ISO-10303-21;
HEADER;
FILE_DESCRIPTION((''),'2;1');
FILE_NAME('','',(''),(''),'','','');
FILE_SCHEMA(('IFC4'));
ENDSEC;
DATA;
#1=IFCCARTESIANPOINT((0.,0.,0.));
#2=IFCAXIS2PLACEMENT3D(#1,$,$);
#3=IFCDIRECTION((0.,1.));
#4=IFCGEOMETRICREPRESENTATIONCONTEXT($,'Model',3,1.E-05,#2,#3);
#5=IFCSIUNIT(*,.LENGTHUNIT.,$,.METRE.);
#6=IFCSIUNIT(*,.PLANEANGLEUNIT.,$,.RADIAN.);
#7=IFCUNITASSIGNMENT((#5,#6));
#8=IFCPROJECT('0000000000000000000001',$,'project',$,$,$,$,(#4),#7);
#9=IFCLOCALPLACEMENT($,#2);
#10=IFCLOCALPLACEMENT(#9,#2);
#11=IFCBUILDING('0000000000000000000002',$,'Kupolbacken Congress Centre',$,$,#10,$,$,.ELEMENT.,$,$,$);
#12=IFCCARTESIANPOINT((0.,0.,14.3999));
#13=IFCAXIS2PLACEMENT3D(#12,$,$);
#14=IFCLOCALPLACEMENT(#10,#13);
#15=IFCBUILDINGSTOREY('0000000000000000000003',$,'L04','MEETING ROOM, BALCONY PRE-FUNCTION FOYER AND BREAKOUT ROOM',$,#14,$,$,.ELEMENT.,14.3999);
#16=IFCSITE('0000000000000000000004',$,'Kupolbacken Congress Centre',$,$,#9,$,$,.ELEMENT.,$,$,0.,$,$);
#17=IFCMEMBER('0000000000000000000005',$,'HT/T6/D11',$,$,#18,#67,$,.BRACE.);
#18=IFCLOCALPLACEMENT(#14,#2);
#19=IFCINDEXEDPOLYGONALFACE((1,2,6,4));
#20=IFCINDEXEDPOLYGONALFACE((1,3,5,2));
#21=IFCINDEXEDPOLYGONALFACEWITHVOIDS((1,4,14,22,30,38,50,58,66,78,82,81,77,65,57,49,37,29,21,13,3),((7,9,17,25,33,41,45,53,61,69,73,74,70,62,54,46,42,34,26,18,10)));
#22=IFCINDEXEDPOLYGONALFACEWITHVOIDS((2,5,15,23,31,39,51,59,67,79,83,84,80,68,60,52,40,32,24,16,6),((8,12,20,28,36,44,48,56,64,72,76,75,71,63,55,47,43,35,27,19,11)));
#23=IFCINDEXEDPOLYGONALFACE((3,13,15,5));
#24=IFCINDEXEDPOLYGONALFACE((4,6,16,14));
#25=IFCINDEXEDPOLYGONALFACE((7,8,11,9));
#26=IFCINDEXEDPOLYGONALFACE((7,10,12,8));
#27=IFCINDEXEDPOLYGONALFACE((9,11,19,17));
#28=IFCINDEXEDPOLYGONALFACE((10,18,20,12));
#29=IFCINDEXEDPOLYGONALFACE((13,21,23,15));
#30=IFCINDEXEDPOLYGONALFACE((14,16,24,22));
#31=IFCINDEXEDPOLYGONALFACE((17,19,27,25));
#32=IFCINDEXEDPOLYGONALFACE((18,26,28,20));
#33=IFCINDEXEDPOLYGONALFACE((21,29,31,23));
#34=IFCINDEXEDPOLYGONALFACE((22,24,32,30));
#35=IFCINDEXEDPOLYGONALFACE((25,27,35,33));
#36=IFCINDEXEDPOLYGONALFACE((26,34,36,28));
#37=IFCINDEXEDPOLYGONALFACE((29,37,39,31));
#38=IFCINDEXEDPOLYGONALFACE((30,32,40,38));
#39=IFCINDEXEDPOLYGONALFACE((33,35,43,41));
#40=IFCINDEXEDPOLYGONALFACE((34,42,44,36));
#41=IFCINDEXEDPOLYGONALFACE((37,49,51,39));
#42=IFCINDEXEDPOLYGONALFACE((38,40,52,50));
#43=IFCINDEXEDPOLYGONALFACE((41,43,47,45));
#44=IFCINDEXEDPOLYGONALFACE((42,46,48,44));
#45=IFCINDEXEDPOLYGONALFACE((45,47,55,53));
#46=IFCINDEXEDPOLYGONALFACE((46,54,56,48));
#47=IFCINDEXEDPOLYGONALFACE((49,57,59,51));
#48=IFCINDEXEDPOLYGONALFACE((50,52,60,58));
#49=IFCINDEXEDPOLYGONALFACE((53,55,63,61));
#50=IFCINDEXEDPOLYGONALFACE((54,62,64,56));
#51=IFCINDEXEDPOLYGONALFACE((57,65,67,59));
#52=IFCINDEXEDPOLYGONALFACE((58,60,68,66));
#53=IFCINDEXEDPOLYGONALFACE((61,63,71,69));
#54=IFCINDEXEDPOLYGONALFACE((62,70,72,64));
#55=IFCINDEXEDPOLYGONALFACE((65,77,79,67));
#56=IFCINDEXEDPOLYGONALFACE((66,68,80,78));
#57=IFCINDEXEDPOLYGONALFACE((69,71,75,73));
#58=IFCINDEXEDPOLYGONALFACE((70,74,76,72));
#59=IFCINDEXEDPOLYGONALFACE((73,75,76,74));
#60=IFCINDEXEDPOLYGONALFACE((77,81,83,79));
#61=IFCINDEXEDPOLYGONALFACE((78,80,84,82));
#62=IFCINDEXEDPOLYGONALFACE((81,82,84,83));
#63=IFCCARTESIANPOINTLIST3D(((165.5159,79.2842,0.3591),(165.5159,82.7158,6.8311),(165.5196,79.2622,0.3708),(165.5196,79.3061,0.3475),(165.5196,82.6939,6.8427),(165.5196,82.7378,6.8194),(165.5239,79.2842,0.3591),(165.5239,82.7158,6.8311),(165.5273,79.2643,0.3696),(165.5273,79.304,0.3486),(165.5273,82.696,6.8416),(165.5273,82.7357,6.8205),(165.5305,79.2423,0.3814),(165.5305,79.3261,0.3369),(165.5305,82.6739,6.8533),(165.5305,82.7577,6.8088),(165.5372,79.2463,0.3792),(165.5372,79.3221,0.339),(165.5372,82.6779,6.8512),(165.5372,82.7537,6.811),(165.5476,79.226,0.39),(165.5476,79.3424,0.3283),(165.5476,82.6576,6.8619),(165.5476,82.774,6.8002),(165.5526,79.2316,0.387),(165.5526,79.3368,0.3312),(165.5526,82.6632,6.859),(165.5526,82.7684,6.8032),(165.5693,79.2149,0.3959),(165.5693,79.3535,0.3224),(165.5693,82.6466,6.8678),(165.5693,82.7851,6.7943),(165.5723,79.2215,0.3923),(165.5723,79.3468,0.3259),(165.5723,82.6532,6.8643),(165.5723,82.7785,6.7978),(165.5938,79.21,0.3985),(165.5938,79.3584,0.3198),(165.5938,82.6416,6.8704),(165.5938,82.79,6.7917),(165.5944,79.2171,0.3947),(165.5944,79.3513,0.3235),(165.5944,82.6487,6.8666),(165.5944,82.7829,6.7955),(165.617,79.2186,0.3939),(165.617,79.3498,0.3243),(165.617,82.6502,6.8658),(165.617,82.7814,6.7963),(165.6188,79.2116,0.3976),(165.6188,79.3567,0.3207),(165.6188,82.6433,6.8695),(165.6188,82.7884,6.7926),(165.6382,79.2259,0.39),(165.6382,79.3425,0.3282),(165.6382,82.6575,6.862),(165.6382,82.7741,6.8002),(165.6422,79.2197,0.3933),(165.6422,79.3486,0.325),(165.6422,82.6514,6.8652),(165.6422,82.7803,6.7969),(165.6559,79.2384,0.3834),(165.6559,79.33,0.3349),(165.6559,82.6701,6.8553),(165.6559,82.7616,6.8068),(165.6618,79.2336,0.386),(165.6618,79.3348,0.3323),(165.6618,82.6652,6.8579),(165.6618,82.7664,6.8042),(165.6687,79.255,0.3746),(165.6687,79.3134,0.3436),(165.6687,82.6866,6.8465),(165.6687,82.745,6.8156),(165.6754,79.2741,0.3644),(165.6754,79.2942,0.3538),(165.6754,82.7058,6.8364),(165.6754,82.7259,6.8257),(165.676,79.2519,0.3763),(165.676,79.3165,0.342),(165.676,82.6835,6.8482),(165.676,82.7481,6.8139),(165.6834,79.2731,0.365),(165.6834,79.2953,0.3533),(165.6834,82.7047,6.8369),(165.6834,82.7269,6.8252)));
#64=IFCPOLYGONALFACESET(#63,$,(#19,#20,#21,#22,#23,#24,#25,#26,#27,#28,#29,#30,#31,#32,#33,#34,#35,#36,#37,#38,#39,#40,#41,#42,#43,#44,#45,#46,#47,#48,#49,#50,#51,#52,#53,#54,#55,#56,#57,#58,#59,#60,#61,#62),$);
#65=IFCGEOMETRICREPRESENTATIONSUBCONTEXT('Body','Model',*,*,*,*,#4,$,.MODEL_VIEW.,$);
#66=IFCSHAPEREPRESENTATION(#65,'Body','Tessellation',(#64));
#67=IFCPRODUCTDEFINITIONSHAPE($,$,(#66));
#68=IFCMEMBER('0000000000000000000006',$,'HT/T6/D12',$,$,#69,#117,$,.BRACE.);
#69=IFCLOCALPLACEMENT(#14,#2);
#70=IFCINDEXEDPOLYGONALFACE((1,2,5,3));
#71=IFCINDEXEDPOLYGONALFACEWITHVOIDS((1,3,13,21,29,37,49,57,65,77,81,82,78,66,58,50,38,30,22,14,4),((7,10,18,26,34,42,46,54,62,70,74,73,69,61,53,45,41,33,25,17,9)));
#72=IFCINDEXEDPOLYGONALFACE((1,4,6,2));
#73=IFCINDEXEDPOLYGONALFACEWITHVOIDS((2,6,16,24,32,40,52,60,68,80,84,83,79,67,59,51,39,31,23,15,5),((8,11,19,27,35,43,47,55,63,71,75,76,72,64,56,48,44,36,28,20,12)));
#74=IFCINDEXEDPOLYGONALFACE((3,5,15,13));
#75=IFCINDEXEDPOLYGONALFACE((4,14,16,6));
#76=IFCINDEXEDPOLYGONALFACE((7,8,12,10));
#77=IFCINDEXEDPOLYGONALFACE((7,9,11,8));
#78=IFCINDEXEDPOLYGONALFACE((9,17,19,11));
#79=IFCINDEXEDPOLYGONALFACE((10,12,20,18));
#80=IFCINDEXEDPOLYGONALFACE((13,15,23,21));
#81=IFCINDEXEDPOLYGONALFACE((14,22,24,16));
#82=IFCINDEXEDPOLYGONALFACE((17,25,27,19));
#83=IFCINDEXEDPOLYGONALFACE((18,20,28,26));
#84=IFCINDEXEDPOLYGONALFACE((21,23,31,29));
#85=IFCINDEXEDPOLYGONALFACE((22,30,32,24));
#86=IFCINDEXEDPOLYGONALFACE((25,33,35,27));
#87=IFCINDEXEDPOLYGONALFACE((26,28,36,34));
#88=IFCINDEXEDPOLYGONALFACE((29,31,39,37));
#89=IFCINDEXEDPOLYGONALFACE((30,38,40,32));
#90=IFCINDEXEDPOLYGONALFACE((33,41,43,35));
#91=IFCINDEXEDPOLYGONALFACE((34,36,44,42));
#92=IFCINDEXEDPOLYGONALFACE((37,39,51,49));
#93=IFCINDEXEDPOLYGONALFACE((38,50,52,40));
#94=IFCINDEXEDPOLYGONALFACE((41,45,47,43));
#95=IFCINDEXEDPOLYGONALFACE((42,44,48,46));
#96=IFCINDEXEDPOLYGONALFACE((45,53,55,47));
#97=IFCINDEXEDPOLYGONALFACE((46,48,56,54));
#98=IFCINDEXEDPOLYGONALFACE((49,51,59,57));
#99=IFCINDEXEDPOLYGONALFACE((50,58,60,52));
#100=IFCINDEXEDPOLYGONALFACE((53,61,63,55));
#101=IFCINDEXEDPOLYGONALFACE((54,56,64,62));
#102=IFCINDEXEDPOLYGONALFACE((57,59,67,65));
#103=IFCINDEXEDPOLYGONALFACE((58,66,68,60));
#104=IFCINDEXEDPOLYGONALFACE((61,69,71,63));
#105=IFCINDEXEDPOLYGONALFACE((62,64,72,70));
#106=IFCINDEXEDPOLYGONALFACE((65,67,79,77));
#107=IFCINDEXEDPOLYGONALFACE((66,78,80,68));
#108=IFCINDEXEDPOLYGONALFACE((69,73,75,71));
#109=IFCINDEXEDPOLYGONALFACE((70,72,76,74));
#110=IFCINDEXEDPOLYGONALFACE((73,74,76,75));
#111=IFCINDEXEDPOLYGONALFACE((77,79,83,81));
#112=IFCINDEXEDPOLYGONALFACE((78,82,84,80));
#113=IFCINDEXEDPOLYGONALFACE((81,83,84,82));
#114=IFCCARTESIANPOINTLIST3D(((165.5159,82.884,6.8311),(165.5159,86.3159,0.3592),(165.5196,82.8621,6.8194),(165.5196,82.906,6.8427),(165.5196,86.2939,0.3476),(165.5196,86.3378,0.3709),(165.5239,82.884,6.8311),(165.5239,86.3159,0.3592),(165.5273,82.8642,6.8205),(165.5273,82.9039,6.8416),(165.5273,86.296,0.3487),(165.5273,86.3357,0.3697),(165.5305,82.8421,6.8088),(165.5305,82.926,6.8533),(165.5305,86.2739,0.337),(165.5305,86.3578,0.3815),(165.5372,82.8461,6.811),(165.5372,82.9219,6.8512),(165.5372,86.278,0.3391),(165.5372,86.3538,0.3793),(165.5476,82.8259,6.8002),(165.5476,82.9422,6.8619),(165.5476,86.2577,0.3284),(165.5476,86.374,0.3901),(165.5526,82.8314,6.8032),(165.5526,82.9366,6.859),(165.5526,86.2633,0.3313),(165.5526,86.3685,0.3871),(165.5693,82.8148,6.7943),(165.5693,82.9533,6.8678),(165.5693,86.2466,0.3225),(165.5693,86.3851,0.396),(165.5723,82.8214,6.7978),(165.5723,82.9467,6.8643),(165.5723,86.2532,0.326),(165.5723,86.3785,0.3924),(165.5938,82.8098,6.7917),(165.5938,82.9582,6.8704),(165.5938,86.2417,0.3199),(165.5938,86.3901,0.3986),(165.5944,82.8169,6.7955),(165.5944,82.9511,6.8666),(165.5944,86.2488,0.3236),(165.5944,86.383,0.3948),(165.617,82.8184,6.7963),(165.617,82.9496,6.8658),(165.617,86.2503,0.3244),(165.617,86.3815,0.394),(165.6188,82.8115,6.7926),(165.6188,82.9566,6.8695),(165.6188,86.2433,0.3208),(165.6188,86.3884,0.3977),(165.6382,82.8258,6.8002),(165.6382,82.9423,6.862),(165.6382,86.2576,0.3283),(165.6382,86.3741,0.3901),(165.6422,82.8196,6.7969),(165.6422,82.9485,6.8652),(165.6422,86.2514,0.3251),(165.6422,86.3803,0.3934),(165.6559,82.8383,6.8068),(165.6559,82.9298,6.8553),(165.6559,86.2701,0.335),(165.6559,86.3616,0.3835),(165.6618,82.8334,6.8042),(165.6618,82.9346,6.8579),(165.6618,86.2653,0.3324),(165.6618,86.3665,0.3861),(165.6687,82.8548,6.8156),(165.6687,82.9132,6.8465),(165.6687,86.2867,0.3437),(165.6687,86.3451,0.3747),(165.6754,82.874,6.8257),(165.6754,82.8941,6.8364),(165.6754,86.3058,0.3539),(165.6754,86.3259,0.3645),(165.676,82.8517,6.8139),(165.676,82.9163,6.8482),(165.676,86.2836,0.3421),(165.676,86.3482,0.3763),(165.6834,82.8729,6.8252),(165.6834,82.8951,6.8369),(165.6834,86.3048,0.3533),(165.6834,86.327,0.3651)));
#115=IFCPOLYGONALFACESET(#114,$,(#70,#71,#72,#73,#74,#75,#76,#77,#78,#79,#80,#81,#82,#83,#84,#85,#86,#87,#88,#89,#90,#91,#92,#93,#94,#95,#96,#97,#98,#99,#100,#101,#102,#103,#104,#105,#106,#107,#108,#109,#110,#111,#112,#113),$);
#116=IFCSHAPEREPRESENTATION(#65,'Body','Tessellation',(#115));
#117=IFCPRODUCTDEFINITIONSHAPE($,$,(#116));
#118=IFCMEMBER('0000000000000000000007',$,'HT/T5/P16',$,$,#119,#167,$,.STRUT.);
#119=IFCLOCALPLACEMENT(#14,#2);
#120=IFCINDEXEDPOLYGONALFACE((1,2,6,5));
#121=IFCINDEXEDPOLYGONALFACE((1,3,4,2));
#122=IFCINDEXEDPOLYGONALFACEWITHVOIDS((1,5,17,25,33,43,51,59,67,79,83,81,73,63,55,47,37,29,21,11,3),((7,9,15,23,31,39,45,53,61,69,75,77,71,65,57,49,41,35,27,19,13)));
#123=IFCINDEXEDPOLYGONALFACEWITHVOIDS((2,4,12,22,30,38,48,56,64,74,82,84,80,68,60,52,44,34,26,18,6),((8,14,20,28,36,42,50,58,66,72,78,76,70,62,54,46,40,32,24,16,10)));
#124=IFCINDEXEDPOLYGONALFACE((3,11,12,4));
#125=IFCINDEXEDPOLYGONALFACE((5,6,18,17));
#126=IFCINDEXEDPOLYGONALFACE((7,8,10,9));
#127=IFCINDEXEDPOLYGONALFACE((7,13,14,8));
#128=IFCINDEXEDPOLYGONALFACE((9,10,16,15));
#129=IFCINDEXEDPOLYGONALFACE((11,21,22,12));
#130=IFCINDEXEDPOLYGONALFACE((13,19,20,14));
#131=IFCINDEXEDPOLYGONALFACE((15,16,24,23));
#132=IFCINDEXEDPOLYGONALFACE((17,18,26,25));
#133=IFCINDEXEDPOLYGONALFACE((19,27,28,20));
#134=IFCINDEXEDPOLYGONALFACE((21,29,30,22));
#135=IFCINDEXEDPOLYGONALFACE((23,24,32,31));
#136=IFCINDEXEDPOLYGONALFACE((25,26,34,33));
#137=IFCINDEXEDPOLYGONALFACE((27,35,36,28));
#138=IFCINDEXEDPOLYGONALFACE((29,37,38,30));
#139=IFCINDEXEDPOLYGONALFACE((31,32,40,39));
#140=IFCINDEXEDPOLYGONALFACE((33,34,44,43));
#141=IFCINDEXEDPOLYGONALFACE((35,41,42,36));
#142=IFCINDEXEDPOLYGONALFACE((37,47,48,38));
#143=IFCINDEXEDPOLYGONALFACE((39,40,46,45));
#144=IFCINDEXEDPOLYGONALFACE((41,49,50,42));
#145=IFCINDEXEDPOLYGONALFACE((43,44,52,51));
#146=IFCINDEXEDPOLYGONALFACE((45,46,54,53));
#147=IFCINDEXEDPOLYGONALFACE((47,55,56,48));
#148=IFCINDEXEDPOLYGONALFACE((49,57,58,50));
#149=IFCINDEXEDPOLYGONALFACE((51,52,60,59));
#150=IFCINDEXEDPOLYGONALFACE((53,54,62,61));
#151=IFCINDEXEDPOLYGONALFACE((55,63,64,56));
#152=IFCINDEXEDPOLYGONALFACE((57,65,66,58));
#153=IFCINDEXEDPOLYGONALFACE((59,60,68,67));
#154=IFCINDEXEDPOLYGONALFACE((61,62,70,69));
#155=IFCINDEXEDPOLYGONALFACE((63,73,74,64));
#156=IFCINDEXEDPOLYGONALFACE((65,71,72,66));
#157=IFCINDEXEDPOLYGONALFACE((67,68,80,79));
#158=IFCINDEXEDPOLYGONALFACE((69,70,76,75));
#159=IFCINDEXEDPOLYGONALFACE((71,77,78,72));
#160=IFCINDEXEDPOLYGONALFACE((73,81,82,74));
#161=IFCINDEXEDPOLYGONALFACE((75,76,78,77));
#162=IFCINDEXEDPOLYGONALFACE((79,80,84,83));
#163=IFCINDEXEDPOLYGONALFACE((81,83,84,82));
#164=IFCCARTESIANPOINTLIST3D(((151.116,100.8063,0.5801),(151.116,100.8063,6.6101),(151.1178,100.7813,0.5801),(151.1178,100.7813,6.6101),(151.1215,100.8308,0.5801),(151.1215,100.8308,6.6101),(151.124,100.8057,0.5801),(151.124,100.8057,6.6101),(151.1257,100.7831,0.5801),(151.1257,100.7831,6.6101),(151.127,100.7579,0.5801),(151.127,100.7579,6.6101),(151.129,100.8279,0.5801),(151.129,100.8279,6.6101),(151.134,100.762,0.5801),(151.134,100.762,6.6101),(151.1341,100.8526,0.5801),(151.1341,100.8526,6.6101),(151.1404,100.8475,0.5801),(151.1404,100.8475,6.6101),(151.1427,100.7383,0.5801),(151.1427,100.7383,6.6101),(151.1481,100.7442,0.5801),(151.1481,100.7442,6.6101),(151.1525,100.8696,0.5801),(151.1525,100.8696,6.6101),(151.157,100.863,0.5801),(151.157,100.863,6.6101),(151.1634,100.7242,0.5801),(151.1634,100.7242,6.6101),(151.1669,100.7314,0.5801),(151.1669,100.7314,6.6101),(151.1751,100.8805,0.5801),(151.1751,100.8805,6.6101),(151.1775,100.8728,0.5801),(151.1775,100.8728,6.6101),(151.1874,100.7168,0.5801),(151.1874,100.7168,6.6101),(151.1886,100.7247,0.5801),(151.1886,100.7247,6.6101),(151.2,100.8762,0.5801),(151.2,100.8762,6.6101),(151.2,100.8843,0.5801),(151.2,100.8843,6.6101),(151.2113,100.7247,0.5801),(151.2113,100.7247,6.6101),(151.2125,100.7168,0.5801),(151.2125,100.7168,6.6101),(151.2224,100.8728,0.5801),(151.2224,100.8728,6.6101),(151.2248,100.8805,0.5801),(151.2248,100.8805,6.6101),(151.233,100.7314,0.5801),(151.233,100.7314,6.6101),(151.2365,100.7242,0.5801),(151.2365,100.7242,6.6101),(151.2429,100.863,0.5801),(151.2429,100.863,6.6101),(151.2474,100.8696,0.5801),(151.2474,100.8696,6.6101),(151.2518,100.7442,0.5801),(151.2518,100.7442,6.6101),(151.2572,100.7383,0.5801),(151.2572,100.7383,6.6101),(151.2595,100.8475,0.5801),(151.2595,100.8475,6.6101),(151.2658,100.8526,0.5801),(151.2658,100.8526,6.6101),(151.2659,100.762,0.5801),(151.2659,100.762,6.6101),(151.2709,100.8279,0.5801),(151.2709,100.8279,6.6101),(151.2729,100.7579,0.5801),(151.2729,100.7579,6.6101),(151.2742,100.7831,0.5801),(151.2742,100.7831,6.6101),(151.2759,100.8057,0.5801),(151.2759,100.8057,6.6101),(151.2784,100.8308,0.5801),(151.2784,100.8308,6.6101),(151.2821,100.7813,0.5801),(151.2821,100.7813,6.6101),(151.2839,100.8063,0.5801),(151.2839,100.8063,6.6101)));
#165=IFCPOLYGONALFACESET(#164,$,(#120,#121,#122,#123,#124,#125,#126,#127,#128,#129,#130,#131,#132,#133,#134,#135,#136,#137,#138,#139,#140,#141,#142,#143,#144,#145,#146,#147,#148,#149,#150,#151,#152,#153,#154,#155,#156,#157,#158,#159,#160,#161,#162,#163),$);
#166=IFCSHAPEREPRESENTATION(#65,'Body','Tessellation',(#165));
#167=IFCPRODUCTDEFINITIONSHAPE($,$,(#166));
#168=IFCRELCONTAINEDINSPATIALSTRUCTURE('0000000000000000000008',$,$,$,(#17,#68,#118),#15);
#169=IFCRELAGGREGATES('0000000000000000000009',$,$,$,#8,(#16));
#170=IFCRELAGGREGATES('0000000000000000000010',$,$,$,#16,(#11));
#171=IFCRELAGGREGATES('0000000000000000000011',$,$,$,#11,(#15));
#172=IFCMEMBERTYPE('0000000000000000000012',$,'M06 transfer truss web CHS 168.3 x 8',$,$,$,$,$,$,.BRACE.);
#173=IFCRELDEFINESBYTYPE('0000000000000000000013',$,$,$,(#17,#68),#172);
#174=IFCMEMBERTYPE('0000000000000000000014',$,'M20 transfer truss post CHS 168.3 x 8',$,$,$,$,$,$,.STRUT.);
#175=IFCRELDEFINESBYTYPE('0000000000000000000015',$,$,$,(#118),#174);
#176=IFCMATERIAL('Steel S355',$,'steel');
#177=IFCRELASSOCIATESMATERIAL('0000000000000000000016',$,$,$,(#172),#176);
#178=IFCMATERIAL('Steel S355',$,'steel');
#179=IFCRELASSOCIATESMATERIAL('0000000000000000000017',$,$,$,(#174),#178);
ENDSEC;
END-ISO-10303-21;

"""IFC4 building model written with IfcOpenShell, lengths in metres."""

from ifc_helpers import new_model, si_unit, direction, frame, origin, origin_2d, place, context, subcontext, project, spatial, hollow_circle, extrude, material, material_profile, profile_set, type_object, element, save


model = new_model("IFC4")

# Units and contexts
model_context = context("Model", 3, precision=1e-05, world=origin(), true_north=direction((0.0, 1.0)))
body_context = subcontext(model_context, "Body", "Model", "MODEL_VIEW")
ifc_project = project(units=[si_unit("LENGTHUNIT", "METRE"), si_unit("PLANEANGLEUNIT", "RADIAN")], contexts=[model_context])

# Site, building, storey
site_placement = place(None, origin())
site = spatial("IfcSite", under=ifc_project, at=site_placement, Name="Kupolbacken Congress Centre", CompositionType="ELEMENT", RefElevation=0.0)
building_placement = place(site_placement, origin())
building = spatial("IfcBuilding", under=site, at=building_placement, Name="Kupolbacken Congress Centre", CompositionType="ELEMENT")
storey_placement = place(building_placement, frame((0.0, 0.0, 14.3999)))
storey = spatial("IfcBuildingStorey", under=building, at=storey_placement, Name="L04", Description="MEETING ROOM, BALCONY PRE-FUNCTION FOYER AND BREAKOUT ROOM", CompositionType="ELEMENT", Elevation=14.3999)

# Members
ifc_material_1 = material(Name="Steel S355", Category="steel")
ifc_material_profile_1 = material_profile(ifc_material_1, hollow_circle(Radius=0.0842, WallThickness=0.0081, at=origin_2d()), Name="CHS 168.3 x 8")
ifc_profile_set_1 = profile_set([ifc_material_profile_1], Name="Steel S355")
member_type_1 = type_object("IfcMemberType", Name="M06 transfer truss web CHS 168.3 x 8", PredefinedType="BRACE", material=ifc_profile_set_1)
for number, where, z_axis, x_axis, name in (
    (1, (165.6001, 79.2842, 0.3591), (0.0, 0.468456, 0.883487), (-1.0, 0.0, 0.0), "HT/T6/D11"),
    (2, (165.6001, 82.884, 6.8311), (0.0, 0.468482, -0.883473), (-1.0, 0.0, 0.0), "HT/T6/D12"),
):
    element("IfcMember", number, at=place(storey_placement, frame(where, z_axis=z_axis, x_axis=x_axis)), inside=storey, type_object=member_type_1, Name=name, PredefinedType="BRACE", context=body_context, shape_type="SweptSolid", body=[
        extrude(hollow_circle(Radius=0.0842, WallThickness=0.0081, at=origin_2d()), origin(), (0.0, 0.0, 1.0), 7.3254),
    ])
ifc_material_2 = material(Name="Steel S355", Category="steel")
ifc_material_profile_2 = material_profile(ifc_material_2, hollow_circle(Radius=0.0842, WallThickness=0.0081, at=origin_2d()), Name="CHS 168.3 x 8")
ifc_profile_set_2 = profile_set([ifc_material_profile_2], Name="Steel S355")
member_type_2 = type_object("IfcMemberType", Name="M20 transfer truss post CHS 168.3 x 8", PredefinedType="STRUT", material=ifc_profile_set_2)
member_1_placement = place(storey_placement, frame((151.2, 100.8, 0.5801), z_axis=(0.0, 0.0, 1.0), x_axis=(0.0, 1.0, 0.0)))
element("IfcMember", 3, at=member_1_placement, inside=storey, type_object=member_type_2, Name="HT/T5/P16", PredefinedType="STRUT", context=body_context, shape_type="SweptSolid", body=[
    extrude(hollow_circle(Radius=0.0842, WallThickness=0.0081, at=origin_2d()), origin(), (0.0, 0.0, 1.0), 6.03),
])

save(model, "model.ifc")
